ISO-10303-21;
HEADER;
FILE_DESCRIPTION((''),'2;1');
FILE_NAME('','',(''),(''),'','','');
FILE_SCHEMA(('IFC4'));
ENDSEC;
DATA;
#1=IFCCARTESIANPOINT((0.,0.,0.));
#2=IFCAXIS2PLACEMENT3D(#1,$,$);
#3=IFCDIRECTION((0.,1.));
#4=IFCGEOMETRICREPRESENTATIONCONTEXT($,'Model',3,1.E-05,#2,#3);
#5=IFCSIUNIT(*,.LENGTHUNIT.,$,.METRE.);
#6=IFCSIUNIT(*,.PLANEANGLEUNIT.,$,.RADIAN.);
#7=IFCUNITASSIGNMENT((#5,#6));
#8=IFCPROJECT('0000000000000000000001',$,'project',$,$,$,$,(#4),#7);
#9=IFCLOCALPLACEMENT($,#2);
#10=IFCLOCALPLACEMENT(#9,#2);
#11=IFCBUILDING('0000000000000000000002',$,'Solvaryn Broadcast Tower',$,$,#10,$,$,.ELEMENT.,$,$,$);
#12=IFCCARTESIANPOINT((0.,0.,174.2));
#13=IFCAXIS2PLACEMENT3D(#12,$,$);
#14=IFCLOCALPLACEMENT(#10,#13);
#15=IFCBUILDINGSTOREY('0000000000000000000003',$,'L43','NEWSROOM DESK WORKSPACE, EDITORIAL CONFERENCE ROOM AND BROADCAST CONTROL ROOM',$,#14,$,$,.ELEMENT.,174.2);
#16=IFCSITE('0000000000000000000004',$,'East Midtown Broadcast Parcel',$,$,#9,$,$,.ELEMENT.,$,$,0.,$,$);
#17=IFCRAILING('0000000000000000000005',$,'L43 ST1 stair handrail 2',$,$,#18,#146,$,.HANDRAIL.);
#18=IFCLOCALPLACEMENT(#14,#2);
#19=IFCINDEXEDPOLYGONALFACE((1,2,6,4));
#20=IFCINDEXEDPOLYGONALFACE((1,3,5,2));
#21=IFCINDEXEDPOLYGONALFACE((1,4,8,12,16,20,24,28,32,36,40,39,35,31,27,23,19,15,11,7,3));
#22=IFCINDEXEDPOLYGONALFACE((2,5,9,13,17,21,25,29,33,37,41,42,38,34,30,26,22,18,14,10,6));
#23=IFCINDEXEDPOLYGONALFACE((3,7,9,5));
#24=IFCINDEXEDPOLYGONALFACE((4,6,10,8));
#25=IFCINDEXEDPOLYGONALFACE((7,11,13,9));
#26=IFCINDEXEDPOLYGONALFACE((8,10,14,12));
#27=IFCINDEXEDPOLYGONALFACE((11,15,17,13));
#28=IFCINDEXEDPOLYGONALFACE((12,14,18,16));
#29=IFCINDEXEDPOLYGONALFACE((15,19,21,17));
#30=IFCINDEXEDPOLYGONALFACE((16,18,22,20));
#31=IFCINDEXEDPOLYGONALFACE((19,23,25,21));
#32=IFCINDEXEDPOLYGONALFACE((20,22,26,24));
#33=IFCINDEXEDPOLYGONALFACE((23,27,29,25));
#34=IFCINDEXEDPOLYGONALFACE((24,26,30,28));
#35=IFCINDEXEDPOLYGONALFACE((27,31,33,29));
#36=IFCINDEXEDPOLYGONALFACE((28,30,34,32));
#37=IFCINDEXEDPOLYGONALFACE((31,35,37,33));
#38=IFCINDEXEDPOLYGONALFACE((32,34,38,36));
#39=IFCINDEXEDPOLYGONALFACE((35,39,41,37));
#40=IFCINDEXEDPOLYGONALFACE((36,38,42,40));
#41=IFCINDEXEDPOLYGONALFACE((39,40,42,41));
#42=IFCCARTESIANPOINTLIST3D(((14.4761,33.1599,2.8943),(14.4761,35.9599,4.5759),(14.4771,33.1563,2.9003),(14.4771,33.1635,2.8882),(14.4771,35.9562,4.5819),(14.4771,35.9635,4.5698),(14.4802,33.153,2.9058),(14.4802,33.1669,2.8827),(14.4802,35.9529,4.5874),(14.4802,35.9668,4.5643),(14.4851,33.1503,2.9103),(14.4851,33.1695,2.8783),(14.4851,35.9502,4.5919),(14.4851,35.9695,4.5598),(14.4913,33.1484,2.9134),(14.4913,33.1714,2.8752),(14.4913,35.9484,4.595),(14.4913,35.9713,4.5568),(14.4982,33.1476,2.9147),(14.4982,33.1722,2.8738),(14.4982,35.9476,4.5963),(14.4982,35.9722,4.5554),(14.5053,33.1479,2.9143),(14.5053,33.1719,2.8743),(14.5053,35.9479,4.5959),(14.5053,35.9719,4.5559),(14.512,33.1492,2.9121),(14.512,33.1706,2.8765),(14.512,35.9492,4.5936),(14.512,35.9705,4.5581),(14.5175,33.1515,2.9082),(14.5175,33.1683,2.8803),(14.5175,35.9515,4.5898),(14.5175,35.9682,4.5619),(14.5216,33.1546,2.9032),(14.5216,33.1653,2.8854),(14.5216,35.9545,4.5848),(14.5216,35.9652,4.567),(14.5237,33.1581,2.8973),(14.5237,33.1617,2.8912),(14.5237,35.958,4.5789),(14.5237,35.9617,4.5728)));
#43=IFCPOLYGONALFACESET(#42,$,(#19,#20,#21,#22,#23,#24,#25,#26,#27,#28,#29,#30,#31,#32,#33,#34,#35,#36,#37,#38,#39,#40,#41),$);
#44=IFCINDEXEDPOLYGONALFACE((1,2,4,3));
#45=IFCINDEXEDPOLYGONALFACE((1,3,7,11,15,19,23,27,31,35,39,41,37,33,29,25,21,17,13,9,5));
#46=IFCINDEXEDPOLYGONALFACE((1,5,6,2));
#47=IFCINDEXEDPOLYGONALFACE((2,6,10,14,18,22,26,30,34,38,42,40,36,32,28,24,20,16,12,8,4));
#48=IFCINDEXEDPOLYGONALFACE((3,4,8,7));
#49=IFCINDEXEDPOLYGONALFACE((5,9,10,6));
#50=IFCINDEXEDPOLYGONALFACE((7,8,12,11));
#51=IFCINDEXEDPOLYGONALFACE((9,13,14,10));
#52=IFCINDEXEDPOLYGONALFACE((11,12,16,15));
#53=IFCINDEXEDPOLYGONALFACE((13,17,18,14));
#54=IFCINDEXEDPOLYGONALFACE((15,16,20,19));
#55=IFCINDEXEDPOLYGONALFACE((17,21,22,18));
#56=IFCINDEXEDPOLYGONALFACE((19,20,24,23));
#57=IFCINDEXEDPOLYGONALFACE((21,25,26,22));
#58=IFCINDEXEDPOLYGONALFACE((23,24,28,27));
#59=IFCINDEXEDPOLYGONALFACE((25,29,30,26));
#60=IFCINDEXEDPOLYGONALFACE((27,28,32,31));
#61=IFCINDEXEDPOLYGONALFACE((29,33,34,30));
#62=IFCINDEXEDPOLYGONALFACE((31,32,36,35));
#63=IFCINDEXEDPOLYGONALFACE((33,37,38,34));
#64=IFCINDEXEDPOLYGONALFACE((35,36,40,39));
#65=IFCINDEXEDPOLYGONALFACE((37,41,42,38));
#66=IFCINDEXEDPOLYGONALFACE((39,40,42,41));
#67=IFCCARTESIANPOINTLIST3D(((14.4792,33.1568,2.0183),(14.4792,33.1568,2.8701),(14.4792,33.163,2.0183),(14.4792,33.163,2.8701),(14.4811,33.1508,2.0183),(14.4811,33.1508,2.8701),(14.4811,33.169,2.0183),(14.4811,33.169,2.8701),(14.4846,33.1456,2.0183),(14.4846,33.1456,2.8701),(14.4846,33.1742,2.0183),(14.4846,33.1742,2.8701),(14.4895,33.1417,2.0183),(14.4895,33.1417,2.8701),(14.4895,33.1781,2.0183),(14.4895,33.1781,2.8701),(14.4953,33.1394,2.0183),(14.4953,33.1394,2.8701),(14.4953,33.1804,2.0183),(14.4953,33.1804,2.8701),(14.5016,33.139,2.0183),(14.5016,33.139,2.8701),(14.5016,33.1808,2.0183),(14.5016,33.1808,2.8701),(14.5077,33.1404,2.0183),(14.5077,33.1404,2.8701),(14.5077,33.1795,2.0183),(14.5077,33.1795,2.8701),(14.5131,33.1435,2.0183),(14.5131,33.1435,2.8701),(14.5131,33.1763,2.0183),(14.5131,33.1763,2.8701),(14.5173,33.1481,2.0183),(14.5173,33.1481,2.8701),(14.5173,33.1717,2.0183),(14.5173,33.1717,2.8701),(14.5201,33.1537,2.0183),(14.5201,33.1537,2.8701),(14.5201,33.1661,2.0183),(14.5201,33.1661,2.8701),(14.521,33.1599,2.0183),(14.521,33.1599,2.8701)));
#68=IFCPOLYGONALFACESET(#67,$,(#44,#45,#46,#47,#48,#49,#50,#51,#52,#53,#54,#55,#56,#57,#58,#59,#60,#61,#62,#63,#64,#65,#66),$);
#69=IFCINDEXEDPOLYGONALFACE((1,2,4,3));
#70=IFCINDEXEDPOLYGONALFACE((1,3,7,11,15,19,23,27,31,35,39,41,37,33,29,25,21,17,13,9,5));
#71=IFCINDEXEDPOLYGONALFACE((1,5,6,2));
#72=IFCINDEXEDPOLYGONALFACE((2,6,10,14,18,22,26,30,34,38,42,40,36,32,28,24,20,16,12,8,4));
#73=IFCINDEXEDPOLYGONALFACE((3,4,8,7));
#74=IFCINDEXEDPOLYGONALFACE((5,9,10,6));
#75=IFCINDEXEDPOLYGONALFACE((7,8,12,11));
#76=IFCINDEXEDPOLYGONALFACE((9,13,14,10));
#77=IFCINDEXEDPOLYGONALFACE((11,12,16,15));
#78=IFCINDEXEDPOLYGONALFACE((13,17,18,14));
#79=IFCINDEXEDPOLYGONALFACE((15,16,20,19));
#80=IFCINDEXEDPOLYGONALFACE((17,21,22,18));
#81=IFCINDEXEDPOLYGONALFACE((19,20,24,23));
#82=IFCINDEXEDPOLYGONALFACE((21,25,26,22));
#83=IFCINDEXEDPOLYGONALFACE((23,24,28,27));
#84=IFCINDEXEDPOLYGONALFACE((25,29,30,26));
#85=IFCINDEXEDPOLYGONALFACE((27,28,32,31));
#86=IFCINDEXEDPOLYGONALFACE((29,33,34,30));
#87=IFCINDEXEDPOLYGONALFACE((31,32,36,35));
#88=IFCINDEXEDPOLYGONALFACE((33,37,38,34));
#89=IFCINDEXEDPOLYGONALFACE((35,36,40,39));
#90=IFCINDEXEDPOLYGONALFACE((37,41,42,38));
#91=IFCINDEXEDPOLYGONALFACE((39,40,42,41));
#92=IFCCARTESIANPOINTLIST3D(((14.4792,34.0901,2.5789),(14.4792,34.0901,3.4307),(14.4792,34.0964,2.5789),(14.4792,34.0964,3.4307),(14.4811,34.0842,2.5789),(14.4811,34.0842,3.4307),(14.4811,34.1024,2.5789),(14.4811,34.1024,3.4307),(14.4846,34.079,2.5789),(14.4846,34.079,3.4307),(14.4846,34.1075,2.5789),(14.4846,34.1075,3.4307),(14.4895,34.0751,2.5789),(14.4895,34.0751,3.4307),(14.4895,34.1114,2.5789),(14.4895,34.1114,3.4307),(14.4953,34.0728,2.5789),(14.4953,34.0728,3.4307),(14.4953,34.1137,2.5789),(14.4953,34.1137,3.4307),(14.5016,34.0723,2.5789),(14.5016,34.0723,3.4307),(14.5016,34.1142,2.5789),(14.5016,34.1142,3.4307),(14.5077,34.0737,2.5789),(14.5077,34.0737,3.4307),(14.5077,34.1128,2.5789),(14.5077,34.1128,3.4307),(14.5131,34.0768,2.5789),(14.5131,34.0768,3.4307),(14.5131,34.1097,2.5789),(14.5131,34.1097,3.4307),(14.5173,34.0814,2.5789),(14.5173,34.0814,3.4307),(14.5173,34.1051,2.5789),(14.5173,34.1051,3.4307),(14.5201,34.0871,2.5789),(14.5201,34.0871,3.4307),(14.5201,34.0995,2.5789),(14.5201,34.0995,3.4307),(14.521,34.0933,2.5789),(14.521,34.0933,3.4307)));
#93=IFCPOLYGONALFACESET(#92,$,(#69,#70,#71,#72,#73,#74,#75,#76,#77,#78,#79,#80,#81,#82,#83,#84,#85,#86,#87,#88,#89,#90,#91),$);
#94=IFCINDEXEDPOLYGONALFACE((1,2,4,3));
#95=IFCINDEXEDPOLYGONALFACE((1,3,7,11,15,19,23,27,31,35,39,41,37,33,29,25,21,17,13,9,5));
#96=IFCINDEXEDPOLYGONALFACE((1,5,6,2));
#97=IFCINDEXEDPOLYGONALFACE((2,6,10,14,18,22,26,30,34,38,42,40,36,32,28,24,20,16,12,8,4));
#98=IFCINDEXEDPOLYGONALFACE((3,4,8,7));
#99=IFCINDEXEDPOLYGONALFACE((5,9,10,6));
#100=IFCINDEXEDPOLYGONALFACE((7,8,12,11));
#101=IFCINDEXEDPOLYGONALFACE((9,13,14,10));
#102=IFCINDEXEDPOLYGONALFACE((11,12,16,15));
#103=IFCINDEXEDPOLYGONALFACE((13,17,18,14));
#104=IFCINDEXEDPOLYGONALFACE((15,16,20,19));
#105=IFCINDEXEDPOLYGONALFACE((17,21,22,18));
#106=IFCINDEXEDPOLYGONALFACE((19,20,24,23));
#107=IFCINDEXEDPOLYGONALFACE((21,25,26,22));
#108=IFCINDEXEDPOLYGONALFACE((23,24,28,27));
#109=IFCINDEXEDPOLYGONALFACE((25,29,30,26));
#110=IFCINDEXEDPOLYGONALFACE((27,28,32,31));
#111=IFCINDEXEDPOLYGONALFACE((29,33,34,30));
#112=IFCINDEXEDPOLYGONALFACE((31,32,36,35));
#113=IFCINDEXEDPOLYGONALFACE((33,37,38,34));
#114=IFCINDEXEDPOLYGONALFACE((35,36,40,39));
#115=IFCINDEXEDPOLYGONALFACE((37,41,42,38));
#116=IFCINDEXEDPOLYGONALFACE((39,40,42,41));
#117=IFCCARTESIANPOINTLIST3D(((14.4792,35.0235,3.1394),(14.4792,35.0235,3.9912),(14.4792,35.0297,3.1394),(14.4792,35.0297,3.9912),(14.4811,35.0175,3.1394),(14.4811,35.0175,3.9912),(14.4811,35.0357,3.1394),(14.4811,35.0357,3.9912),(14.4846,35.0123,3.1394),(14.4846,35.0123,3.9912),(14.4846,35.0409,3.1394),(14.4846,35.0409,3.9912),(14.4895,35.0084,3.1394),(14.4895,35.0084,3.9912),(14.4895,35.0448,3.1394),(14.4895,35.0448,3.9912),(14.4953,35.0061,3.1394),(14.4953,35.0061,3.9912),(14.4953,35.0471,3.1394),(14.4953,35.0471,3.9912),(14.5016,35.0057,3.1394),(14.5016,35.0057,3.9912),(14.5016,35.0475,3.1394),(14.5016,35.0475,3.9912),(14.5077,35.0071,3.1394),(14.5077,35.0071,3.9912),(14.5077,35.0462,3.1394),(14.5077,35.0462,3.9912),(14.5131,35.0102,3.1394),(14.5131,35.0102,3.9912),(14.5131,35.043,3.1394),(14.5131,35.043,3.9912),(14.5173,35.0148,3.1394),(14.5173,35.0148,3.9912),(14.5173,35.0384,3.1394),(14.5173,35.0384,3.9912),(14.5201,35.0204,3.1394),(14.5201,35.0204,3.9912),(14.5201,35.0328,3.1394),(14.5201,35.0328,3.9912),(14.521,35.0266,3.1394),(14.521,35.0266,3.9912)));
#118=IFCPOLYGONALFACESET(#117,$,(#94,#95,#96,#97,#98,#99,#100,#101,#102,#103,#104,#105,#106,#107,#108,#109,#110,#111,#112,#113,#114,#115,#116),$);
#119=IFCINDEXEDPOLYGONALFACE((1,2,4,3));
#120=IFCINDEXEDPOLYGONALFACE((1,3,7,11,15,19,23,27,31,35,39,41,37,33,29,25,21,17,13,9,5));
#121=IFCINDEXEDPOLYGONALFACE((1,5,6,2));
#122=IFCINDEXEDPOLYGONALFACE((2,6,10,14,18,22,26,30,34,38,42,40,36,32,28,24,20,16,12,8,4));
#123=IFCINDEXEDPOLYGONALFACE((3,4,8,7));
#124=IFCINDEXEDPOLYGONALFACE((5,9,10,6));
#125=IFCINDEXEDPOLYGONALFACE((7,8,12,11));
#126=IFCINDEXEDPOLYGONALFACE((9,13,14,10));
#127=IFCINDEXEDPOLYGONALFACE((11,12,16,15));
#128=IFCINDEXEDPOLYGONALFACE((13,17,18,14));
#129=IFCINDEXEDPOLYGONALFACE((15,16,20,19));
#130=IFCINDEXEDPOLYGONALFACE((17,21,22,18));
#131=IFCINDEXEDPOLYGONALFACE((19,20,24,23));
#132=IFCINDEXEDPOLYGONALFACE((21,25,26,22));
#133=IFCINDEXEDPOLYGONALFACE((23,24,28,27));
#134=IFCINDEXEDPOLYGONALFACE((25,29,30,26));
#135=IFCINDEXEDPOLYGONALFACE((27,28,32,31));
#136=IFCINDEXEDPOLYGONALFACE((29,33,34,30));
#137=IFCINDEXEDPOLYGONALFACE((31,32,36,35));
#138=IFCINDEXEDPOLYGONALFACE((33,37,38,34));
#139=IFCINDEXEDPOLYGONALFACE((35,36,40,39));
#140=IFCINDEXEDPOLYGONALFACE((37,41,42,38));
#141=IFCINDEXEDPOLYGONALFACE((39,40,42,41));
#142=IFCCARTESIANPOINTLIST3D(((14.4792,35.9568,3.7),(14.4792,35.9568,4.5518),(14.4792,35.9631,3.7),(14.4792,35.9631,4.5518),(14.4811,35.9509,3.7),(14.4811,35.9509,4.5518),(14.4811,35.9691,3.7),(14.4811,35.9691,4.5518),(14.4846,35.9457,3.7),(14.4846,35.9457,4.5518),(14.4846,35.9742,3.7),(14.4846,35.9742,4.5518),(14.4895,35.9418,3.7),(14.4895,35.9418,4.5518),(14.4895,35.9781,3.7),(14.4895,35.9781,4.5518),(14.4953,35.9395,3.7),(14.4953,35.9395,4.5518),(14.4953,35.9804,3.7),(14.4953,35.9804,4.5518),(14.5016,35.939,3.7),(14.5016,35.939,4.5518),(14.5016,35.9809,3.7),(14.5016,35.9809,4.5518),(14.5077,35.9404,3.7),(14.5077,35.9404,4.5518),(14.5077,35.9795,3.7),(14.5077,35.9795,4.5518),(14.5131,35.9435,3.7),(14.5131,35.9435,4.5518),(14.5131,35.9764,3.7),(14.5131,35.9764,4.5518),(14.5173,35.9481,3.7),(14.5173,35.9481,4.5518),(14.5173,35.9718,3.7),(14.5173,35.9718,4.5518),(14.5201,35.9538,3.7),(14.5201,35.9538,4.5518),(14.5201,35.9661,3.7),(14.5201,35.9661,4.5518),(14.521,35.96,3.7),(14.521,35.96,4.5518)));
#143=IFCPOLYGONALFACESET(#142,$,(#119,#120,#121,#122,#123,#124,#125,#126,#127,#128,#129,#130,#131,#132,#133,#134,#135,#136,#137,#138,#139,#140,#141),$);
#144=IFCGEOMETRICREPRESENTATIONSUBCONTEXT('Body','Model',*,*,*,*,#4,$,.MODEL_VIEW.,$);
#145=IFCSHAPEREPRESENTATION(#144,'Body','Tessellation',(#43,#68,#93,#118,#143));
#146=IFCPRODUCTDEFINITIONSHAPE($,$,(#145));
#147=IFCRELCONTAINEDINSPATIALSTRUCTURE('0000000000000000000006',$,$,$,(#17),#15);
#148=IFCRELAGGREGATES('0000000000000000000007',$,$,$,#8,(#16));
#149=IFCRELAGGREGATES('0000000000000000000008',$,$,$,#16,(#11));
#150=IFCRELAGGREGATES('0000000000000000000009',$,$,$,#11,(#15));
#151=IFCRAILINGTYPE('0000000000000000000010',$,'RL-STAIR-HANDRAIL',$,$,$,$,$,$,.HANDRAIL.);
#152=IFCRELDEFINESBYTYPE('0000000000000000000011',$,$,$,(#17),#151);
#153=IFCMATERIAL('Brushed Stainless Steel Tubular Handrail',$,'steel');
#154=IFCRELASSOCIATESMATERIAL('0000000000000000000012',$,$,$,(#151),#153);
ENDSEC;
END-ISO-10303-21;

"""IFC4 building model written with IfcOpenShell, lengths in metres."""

from ifc_helpers import new_model, si_unit, direction, frame, origin, origin_2d, place, context, subcontext, project, spatial, circle, extrude, material, type_object, element, save


model = new_model("IFC4")

# Units and contexts
model_context = context("Model", 3, precision=1e-05, world=origin(), true_north=direction((0.0, 1.0)))
body_context = subcontext(model_context, "Body", "Model", "MODEL_VIEW")
ifc_project = project(units=[si_unit("LENGTHUNIT", "METRE"), si_unit("PLANEANGLEUNIT", "RADIAN")], contexts=[model_context])

# Site, building, storey
site_placement = place(None, origin())
site = spatial("IfcSite", under=ifc_project, at=site_placement, Name="East Midtown Broadcast Parcel", CompositionType="ELEMENT", RefElevation=0.0)
building_placement = place(site_placement, origin())
building = spatial("IfcBuilding", under=site, at=building_placement, Name="Solvaryn Broadcast Tower", CompositionType="ELEMENT")
storey_placement = place(building_placement, frame((0.0, 0.0, 174.2)))
storey = spatial("IfcBuildingStorey", under=building, at=storey_placement, Name="L43", Description="NEWSROOM DESK WORKSPACE, EDITORIAL CONFERENCE ROOM AND BROADCAST CONTROL ROOM", CompositionType="ELEMENT", Elevation=174.2)

# Railing
ifc_material_1 = material(Name="Brushed Stainless Steel Tubular Handrail", Category="steel")
railing_type_1 = type_object("IfcRailingType", Name="RL-STAIR-HANDRAIL", PredefinedType="HANDRAIL", material=ifc_material_1)
railing_1_placement = place(storey_placement, frame((14.5, 33.1599, 2.0183)))
element("IfcRailing", 1, at=railing_1_placement, inside=storey, type_object=railing_type_1, Name="L43 ST1 stair handrail 2", PredefinedType="HANDRAIL", context=body_context, shape_type="SweptSolid", body=[
    extrude(circle(Radius=0.0239, at=origin_2d()), frame((0.0, 0.0, 0.876), z_axis=(0.0, 0.857275, 0.514858), x_axis=(-1.0, 0.0, 0.0)), (0.0, 0.0, 1.0), 3.2661),
    extrude(circle(Radius=0.021, at=origin_2d()), origin(), (0.0, 0.0, 1.0), 0.8518),
    extrude(circle(Radius=0.021, at=origin_2d()), frame((0.0, 0.9333, 0.5605)), (0.0, 0.0, 1.0), 0.8518),
    extrude(circle(Radius=0.021, at=origin_2d()), frame((0.0, 1.8667, 1.1211)), (0.0, 0.0, 1.0), 0.8518),
    extrude(circle(Radius=0.021, at=origin_2d()), frame((0.0, 2.8, 1.6816)), (0.0, 0.0, 1.0), 0.8518),
])

save(model, "model.ifc")
